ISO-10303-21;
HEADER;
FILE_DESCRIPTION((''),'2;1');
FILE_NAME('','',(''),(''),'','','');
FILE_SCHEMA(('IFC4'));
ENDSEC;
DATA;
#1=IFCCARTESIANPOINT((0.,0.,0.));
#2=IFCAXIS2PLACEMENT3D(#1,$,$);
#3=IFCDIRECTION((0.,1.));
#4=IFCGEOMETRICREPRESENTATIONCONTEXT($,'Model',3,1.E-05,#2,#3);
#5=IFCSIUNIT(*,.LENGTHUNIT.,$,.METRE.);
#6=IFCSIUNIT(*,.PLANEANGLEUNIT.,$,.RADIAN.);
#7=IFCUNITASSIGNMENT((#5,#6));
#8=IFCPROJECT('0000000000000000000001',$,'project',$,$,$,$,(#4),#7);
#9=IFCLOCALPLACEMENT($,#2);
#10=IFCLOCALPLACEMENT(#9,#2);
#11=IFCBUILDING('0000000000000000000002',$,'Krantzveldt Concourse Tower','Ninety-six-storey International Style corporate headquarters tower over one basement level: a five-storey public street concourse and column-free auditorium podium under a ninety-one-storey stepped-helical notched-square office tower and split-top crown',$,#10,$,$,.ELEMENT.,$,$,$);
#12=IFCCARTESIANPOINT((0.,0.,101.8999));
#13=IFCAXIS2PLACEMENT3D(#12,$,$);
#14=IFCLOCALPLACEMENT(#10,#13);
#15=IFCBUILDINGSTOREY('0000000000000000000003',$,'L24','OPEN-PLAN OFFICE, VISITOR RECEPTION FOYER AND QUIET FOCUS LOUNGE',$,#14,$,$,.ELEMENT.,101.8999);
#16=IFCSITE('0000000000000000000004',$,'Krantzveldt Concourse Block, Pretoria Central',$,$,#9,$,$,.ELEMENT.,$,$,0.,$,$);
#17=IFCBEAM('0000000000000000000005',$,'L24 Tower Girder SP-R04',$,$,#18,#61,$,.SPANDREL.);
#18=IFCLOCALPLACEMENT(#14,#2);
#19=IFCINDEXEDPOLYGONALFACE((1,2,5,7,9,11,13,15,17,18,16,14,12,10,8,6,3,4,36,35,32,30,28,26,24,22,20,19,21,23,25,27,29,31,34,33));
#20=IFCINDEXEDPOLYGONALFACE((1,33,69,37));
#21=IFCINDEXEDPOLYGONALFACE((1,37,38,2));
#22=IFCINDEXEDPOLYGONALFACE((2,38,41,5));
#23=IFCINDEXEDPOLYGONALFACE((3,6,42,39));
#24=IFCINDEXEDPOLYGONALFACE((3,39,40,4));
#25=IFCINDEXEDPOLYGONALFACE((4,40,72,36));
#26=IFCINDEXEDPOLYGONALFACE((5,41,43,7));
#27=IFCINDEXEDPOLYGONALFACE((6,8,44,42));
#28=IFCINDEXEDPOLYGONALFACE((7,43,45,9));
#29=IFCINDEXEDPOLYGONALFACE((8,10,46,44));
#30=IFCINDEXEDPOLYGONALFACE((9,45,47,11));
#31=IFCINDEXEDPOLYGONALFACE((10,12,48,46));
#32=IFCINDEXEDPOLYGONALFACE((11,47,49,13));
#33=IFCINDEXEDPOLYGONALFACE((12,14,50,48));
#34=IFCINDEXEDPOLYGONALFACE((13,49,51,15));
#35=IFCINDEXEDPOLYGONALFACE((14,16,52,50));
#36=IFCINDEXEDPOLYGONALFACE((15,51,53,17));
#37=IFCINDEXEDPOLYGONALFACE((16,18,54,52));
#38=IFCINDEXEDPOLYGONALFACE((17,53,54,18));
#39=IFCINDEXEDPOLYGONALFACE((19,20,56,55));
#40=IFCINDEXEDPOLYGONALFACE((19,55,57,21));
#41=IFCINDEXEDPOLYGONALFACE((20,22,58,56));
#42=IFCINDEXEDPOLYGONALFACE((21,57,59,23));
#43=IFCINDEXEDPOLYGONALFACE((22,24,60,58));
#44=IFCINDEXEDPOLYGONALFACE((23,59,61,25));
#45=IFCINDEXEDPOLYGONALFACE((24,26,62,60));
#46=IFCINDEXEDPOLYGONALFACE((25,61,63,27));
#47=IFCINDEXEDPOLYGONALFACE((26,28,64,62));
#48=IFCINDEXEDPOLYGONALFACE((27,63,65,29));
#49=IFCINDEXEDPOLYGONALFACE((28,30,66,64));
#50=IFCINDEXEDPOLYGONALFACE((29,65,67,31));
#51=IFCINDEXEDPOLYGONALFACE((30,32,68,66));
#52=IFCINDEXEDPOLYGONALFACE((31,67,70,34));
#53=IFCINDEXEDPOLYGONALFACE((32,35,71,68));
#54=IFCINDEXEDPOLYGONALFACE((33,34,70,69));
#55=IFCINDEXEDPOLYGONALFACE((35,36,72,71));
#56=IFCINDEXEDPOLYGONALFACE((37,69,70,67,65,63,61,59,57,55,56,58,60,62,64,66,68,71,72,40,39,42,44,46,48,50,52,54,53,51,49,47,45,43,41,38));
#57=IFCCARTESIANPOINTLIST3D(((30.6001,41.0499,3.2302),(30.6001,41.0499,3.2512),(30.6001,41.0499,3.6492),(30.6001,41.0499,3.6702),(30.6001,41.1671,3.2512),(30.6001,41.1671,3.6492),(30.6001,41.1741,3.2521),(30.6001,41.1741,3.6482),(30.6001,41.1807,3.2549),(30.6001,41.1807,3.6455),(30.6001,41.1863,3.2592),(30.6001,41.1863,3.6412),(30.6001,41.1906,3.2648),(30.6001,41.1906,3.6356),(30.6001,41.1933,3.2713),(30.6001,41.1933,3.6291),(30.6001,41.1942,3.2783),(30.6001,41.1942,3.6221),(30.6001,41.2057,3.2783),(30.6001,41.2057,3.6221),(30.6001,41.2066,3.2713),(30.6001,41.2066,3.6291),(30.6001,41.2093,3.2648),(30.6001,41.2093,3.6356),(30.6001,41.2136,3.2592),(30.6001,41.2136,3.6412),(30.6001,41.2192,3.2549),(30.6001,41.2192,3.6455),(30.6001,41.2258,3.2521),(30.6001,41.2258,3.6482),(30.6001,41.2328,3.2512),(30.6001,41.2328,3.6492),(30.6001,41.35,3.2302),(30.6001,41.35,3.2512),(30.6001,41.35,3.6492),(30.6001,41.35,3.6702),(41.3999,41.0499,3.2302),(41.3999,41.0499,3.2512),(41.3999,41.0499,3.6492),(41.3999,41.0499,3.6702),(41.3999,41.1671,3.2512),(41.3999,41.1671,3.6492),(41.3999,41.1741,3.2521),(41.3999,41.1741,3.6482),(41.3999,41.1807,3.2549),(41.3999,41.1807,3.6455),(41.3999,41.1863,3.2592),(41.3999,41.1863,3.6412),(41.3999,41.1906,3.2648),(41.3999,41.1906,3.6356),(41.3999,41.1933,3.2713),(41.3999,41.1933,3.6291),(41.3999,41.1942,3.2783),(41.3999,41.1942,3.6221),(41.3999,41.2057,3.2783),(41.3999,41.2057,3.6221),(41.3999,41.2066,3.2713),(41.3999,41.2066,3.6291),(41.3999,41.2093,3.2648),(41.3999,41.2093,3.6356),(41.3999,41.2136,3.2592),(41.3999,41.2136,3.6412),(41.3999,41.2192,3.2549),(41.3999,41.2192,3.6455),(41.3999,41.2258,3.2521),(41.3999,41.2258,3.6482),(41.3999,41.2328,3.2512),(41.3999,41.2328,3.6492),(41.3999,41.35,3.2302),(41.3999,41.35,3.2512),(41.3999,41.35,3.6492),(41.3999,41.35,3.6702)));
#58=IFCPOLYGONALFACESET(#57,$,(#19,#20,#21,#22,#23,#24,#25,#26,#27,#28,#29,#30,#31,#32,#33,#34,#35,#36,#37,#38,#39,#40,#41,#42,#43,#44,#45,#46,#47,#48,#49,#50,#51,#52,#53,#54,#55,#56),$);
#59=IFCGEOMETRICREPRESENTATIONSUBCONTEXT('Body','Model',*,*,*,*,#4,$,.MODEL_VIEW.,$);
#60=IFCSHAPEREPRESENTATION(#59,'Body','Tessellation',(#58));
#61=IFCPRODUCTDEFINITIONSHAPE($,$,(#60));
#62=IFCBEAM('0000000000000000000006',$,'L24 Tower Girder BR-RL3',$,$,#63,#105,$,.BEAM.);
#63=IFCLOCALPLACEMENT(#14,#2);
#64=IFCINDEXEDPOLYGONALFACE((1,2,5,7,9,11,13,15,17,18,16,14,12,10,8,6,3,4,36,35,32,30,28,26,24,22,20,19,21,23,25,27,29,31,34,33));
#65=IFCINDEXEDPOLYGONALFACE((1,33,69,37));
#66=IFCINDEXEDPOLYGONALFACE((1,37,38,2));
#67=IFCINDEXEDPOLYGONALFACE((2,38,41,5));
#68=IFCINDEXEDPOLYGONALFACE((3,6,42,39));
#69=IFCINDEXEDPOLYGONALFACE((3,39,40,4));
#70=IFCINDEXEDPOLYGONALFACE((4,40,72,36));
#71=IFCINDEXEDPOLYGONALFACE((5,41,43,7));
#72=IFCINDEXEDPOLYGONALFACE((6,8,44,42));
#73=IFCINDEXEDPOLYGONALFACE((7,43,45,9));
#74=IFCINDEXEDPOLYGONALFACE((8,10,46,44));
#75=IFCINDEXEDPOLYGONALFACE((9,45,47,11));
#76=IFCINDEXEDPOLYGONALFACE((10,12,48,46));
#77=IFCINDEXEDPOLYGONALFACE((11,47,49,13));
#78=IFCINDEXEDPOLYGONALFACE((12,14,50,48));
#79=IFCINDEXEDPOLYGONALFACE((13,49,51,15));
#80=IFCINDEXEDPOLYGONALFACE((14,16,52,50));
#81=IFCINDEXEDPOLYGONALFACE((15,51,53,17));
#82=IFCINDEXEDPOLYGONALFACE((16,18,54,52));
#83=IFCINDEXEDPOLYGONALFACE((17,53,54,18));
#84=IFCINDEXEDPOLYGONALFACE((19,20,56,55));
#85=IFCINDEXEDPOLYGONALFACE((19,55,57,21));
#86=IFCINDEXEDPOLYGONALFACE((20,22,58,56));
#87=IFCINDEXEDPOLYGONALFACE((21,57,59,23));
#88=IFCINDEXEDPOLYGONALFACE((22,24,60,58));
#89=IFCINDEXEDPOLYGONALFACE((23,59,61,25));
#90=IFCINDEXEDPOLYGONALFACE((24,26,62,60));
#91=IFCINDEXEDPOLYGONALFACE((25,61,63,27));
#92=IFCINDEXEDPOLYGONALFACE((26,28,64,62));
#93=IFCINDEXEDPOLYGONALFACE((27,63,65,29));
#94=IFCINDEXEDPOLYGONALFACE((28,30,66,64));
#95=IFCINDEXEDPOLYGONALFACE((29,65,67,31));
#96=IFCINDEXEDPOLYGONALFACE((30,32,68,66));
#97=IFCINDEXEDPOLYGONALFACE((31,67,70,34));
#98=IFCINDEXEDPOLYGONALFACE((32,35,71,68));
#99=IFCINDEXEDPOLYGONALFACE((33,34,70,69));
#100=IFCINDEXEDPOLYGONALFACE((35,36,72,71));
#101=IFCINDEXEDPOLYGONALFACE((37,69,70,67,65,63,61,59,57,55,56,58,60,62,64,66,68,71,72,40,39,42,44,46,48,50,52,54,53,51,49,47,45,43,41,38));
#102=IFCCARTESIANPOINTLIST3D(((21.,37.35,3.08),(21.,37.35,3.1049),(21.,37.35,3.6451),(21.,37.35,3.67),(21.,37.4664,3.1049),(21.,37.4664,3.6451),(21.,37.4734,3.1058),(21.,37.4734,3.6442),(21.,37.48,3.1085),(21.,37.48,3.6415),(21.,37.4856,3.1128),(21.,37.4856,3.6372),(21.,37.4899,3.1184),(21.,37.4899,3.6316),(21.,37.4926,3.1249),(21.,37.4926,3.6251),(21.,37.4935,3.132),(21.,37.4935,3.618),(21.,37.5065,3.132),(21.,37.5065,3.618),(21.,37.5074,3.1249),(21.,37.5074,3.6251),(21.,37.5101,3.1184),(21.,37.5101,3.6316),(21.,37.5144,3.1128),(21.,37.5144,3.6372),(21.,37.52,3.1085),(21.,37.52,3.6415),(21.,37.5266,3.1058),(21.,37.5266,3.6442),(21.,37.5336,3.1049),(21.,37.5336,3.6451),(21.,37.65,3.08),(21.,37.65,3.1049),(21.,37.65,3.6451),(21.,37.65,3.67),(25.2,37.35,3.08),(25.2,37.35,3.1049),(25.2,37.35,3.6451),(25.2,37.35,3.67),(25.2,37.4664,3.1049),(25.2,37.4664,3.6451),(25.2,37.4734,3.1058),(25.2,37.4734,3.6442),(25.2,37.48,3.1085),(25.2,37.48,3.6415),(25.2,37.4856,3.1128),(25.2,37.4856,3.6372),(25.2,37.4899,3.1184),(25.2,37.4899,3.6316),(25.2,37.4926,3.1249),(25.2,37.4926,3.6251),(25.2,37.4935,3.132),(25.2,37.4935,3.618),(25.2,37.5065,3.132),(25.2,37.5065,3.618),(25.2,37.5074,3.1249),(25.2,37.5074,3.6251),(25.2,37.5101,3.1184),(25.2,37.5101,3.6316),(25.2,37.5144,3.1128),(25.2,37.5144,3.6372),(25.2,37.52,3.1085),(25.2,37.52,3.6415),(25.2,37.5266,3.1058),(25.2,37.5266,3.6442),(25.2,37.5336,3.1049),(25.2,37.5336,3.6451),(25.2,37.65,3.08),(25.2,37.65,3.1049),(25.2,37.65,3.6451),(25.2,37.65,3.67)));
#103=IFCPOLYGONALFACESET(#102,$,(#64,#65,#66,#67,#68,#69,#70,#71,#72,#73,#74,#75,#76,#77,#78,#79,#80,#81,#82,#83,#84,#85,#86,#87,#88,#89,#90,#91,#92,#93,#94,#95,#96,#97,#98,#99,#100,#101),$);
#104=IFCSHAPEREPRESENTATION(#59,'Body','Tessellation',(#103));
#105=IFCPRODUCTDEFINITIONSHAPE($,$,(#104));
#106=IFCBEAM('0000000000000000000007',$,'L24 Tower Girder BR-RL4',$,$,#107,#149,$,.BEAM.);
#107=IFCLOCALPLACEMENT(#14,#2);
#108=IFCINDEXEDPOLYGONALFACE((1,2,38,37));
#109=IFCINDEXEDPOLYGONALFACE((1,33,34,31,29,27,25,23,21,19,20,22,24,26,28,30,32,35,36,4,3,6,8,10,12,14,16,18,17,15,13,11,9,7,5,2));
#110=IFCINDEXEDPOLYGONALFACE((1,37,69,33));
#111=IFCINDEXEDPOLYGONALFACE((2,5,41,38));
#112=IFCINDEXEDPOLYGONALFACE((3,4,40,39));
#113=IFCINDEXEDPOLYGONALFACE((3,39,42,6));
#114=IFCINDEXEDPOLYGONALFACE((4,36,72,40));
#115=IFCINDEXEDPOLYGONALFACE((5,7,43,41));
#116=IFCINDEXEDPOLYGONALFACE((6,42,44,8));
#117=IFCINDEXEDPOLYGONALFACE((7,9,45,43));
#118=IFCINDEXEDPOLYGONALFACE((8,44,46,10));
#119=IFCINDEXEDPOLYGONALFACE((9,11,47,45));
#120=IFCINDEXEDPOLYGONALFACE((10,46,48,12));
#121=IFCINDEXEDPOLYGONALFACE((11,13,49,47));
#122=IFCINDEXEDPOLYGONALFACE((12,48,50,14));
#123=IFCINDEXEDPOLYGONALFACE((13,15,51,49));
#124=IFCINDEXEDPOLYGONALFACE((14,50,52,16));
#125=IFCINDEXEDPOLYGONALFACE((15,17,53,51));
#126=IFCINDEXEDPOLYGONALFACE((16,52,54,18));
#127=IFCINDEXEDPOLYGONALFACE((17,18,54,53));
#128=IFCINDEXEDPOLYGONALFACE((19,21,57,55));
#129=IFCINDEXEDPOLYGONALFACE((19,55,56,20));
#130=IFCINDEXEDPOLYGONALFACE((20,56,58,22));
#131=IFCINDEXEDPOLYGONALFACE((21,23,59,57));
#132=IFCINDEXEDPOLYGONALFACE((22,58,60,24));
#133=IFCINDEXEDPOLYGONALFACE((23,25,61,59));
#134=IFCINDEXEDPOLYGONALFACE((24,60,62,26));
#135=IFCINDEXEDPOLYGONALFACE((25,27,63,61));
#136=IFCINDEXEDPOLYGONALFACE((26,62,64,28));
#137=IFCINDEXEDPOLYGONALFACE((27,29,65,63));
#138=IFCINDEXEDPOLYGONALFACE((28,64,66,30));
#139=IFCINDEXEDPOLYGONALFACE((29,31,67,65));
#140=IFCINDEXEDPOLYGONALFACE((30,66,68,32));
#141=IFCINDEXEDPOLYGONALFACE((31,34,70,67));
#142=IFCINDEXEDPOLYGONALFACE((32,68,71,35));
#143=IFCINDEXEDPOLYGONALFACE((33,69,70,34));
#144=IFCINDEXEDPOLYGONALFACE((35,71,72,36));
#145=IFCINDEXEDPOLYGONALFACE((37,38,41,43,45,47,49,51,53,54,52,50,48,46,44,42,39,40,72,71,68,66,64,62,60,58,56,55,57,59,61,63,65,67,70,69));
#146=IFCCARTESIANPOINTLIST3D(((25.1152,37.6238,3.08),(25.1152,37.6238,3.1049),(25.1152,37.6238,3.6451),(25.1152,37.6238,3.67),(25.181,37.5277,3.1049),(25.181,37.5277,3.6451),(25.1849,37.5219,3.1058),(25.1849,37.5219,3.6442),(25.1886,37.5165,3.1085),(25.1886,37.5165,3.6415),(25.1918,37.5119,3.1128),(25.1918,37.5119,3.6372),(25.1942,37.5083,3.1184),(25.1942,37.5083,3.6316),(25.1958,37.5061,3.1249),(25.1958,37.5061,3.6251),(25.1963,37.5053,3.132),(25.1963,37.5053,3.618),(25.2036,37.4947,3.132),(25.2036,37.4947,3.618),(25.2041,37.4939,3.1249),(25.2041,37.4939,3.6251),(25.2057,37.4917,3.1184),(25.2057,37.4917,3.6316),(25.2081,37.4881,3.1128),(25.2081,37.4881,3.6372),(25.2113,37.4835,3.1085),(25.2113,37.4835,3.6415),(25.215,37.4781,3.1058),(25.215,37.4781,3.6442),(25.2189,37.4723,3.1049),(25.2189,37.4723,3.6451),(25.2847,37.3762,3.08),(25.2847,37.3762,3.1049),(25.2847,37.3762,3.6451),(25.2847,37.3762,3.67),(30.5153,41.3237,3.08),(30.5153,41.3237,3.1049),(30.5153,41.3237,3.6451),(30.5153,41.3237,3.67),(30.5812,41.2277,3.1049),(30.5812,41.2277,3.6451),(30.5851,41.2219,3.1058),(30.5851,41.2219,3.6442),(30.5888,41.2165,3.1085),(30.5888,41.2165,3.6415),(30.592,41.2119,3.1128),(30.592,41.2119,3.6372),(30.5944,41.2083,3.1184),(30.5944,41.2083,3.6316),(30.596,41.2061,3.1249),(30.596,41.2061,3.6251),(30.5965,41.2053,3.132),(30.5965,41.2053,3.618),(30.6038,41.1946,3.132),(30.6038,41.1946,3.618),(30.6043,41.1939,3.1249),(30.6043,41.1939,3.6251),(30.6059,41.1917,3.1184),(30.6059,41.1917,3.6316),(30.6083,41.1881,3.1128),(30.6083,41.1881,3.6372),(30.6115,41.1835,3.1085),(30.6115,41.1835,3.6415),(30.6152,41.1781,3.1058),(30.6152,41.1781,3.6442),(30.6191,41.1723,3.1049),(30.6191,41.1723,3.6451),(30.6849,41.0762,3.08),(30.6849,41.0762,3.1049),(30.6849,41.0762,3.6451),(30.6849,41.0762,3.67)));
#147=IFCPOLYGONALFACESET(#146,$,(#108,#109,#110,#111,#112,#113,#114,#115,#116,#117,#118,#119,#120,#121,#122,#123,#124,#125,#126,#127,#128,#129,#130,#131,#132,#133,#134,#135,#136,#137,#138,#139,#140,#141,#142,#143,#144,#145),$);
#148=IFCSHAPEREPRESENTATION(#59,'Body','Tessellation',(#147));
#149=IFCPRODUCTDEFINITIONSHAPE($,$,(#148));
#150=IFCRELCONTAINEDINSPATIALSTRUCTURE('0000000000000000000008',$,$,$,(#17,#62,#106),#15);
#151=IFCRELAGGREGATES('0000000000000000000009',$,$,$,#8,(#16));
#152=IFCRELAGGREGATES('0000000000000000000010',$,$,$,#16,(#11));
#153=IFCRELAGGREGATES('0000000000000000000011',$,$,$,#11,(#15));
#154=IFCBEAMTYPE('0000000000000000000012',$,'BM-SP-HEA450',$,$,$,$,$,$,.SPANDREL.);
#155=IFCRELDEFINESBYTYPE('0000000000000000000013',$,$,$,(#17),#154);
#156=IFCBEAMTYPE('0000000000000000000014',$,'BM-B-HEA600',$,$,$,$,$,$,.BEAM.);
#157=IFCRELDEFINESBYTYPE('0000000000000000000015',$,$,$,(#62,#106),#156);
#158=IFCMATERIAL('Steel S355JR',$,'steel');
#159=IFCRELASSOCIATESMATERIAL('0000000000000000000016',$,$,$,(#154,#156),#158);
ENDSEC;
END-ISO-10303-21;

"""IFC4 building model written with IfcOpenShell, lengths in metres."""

from ifc_helpers import new_model, si_unit, direction, frame, origin, origin_2d, place, context, subcontext, project, spatial, i_section, extrude, source, transform, mapped, material, material_profile, profile_set, type_object, type_shapes, element, save


model = new_model("IFC4")

# Units and contexts
model_context = context("Model", 3, precision=1e-05, world=origin(), true_north=direction((0.0, 1.0)))
body_context = subcontext(model_context, "Body", "Model", "MODEL_VIEW")
ifc_project = project(units=[si_unit("LENGTHUNIT", "METRE"), si_unit("PLANEANGLEUNIT", "RADIAN")], contexts=[model_context])

# Site, building, storey
site_placement = place(None, origin())
site = spatial("IfcSite", under=ifc_project, at=site_placement, Name="Krantzveldt Concourse Block, Pretoria Central", CompositionType="ELEMENT", RefElevation=0.0)
building_placement = place(site_placement, origin())
building = spatial("IfcBuilding", under=site, at=building_placement, Name="Krantzveldt Concourse Tower", Description="Ninety-six-storey International Style corporate headquarters tower over one basement level: a five-storey public street concourse and column-free auditorium podium under a ninety-one-storey stepped-helical notched-square office tower and split-top crown", CompositionType="ELEMENT")
storey_placement = place(building_placement, frame((0.0, 0.0, 101.8999)))
storey = spatial("IfcBuildingStorey", under=building, at=storey_placement, Name="L24", Description="OPEN-PLAN OFFICE, VISITOR RECEPTION FOYER AND QUIET FOCUS LOUNGE", CompositionType="ELEMENT", Elevation=101.8999)

# Beams
ifc_material_1 = material(Name="Steel S355JR", Category="steel")
ifc_material_profile_1 = material_profile(ifc_material_1, i_section(OverallWidth=0.3, OverallDepth=0.4399, WebThickness=0.0115, FlangeThickness=0.021, FilletRadius=0.0271, at=origin_2d()), Name="Steel S355JR", Category="steel")
ifc_profile_set_1 = profile_set([ifc_material_profile_1], Name="Steel S355JR - HEA 450")
beam_type_1 = type_object("IfcBeamType", Name="BM-SP-HEA450", PredefinedType="SPANDREL", material=ifc_profile_set_1)
shared_shape_1 = source(origin(), body_context, "Body", "SweptSolid", [
    extrude(i_section(OverallWidth=0.3, OverallDepth=0.4399, WebThickness=0.0115, FlangeThickness=0.021, FilletRadius=0.0271, at=origin_2d()), origin(), (0.0, 0.0, 1.0), 10.7998),
])
beam_1_placement = place(storey_placement, frame((30.6001, 41.2, 3.4502), z_axis=(1.0, 0.0, 0.0), x_axis=(0.0, 1.0, 0.0)))
element("IfcBeam", 1, at=beam_1_placement, inside=storey, type_object=beam_type_1, Name="L24 Tower Girder SP-R04", PredefinedType="SPANDREL", context=body_context, shape_type="MappedRepresentation", body=[
    mapped(shared_shape_1, transform((0.0, 0.0, 0.0), x_axis=(1.0, 0.0, 0.0), y_axis=(0.0, 1.0, 0.0), z_axis=(0.0, 0.0, 1.0), scale=1.0)),
])
ifc_material_profile_2 = material_profile(ifc_material_1, i_section(OverallWidth=0.3, OverallDepth=0.5901, WebThickness=0.0129, FlangeThickness=0.0249, FilletRadius=0.0271, at=origin_2d()), Name="Steel S355JR", Category="steel")
ifc_profile_set_2 = profile_set([ifc_material_profile_2], Name="Steel S355JR - HEA 600")
beam_type_2 = type_object("IfcBeamType", Name="BM-B-HEA600", PredefinedType="BEAM", material=ifc_profile_set_2)
shared_shape_2 = source(origin(), body_context, "Body", "SweptSolid", [
    extrude(i_section(OverallWidth=0.3, OverallDepth=0.5901, WebThickness=0.0129, FlangeThickness=0.0249, FilletRadius=0.0271, at=origin_2d()), origin(), (0.0, 0.0, 1.0), 4.2),
])
beam_2_placement = place(storey_placement, frame((21.0, 37.5, 3.375), z_axis=(1.0, 0.0, 0.0), x_axis=(0.0, 1.0, 0.0)))
element("IfcBeam", 2, at=beam_2_placement, inside=storey, type_object=beam_type_2, Name="L24 Tower Girder BR-RL3", PredefinedType="BEAM", context=body_context, shape_type="MappedRepresentation", body=[
    mapped(shared_shape_2, transform((0.0, 0.0, 0.0), x_axis=(1.0, 0.0, 0.0), y_axis=(0.0, 1.0, 0.0), z_axis=(0.0, 0.0, 1.0), scale=1.0)),
])
shared_shape_3 = source(origin(), body_context, "Body", "SweptSolid", [
    extrude(i_section(OverallWidth=0.3, OverallDepth=0.5901, WebThickness=0.0129, FlangeThickness=0.0249, FilletRadius=0.0271, at=origin_2d()), origin(), (0.0, 0.0, 1.0), 6.5461),
])
type_shapes(beam_type_2, [shared_shape_2, shared_shape_3])
beam_3_placement = place(storey_placement, frame((25.2, 37.5, 3.375), z_axis=(0.824943, 0.565216, 0.0), x_axis=(-0.565216, 0.824943, 0.0)))
element("IfcBeam", 3, at=beam_3_placement, inside=storey, type_object=beam_type_2, Name="L24 Tower Girder BR-RL4", PredefinedType="BEAM", context=body_context, shape_type="MappedRepresentation", body=[
    mapped(shared_shape_3, transform((0.0, 0.0, 0.0), x_axis=(1.0, 0.0, 0.0), y_axis=(0.0, 1.0, 0.0), z_axis=(0.0, 0.0, 1.0), scale=1.0)),
])

save(model, "model.ifc")
